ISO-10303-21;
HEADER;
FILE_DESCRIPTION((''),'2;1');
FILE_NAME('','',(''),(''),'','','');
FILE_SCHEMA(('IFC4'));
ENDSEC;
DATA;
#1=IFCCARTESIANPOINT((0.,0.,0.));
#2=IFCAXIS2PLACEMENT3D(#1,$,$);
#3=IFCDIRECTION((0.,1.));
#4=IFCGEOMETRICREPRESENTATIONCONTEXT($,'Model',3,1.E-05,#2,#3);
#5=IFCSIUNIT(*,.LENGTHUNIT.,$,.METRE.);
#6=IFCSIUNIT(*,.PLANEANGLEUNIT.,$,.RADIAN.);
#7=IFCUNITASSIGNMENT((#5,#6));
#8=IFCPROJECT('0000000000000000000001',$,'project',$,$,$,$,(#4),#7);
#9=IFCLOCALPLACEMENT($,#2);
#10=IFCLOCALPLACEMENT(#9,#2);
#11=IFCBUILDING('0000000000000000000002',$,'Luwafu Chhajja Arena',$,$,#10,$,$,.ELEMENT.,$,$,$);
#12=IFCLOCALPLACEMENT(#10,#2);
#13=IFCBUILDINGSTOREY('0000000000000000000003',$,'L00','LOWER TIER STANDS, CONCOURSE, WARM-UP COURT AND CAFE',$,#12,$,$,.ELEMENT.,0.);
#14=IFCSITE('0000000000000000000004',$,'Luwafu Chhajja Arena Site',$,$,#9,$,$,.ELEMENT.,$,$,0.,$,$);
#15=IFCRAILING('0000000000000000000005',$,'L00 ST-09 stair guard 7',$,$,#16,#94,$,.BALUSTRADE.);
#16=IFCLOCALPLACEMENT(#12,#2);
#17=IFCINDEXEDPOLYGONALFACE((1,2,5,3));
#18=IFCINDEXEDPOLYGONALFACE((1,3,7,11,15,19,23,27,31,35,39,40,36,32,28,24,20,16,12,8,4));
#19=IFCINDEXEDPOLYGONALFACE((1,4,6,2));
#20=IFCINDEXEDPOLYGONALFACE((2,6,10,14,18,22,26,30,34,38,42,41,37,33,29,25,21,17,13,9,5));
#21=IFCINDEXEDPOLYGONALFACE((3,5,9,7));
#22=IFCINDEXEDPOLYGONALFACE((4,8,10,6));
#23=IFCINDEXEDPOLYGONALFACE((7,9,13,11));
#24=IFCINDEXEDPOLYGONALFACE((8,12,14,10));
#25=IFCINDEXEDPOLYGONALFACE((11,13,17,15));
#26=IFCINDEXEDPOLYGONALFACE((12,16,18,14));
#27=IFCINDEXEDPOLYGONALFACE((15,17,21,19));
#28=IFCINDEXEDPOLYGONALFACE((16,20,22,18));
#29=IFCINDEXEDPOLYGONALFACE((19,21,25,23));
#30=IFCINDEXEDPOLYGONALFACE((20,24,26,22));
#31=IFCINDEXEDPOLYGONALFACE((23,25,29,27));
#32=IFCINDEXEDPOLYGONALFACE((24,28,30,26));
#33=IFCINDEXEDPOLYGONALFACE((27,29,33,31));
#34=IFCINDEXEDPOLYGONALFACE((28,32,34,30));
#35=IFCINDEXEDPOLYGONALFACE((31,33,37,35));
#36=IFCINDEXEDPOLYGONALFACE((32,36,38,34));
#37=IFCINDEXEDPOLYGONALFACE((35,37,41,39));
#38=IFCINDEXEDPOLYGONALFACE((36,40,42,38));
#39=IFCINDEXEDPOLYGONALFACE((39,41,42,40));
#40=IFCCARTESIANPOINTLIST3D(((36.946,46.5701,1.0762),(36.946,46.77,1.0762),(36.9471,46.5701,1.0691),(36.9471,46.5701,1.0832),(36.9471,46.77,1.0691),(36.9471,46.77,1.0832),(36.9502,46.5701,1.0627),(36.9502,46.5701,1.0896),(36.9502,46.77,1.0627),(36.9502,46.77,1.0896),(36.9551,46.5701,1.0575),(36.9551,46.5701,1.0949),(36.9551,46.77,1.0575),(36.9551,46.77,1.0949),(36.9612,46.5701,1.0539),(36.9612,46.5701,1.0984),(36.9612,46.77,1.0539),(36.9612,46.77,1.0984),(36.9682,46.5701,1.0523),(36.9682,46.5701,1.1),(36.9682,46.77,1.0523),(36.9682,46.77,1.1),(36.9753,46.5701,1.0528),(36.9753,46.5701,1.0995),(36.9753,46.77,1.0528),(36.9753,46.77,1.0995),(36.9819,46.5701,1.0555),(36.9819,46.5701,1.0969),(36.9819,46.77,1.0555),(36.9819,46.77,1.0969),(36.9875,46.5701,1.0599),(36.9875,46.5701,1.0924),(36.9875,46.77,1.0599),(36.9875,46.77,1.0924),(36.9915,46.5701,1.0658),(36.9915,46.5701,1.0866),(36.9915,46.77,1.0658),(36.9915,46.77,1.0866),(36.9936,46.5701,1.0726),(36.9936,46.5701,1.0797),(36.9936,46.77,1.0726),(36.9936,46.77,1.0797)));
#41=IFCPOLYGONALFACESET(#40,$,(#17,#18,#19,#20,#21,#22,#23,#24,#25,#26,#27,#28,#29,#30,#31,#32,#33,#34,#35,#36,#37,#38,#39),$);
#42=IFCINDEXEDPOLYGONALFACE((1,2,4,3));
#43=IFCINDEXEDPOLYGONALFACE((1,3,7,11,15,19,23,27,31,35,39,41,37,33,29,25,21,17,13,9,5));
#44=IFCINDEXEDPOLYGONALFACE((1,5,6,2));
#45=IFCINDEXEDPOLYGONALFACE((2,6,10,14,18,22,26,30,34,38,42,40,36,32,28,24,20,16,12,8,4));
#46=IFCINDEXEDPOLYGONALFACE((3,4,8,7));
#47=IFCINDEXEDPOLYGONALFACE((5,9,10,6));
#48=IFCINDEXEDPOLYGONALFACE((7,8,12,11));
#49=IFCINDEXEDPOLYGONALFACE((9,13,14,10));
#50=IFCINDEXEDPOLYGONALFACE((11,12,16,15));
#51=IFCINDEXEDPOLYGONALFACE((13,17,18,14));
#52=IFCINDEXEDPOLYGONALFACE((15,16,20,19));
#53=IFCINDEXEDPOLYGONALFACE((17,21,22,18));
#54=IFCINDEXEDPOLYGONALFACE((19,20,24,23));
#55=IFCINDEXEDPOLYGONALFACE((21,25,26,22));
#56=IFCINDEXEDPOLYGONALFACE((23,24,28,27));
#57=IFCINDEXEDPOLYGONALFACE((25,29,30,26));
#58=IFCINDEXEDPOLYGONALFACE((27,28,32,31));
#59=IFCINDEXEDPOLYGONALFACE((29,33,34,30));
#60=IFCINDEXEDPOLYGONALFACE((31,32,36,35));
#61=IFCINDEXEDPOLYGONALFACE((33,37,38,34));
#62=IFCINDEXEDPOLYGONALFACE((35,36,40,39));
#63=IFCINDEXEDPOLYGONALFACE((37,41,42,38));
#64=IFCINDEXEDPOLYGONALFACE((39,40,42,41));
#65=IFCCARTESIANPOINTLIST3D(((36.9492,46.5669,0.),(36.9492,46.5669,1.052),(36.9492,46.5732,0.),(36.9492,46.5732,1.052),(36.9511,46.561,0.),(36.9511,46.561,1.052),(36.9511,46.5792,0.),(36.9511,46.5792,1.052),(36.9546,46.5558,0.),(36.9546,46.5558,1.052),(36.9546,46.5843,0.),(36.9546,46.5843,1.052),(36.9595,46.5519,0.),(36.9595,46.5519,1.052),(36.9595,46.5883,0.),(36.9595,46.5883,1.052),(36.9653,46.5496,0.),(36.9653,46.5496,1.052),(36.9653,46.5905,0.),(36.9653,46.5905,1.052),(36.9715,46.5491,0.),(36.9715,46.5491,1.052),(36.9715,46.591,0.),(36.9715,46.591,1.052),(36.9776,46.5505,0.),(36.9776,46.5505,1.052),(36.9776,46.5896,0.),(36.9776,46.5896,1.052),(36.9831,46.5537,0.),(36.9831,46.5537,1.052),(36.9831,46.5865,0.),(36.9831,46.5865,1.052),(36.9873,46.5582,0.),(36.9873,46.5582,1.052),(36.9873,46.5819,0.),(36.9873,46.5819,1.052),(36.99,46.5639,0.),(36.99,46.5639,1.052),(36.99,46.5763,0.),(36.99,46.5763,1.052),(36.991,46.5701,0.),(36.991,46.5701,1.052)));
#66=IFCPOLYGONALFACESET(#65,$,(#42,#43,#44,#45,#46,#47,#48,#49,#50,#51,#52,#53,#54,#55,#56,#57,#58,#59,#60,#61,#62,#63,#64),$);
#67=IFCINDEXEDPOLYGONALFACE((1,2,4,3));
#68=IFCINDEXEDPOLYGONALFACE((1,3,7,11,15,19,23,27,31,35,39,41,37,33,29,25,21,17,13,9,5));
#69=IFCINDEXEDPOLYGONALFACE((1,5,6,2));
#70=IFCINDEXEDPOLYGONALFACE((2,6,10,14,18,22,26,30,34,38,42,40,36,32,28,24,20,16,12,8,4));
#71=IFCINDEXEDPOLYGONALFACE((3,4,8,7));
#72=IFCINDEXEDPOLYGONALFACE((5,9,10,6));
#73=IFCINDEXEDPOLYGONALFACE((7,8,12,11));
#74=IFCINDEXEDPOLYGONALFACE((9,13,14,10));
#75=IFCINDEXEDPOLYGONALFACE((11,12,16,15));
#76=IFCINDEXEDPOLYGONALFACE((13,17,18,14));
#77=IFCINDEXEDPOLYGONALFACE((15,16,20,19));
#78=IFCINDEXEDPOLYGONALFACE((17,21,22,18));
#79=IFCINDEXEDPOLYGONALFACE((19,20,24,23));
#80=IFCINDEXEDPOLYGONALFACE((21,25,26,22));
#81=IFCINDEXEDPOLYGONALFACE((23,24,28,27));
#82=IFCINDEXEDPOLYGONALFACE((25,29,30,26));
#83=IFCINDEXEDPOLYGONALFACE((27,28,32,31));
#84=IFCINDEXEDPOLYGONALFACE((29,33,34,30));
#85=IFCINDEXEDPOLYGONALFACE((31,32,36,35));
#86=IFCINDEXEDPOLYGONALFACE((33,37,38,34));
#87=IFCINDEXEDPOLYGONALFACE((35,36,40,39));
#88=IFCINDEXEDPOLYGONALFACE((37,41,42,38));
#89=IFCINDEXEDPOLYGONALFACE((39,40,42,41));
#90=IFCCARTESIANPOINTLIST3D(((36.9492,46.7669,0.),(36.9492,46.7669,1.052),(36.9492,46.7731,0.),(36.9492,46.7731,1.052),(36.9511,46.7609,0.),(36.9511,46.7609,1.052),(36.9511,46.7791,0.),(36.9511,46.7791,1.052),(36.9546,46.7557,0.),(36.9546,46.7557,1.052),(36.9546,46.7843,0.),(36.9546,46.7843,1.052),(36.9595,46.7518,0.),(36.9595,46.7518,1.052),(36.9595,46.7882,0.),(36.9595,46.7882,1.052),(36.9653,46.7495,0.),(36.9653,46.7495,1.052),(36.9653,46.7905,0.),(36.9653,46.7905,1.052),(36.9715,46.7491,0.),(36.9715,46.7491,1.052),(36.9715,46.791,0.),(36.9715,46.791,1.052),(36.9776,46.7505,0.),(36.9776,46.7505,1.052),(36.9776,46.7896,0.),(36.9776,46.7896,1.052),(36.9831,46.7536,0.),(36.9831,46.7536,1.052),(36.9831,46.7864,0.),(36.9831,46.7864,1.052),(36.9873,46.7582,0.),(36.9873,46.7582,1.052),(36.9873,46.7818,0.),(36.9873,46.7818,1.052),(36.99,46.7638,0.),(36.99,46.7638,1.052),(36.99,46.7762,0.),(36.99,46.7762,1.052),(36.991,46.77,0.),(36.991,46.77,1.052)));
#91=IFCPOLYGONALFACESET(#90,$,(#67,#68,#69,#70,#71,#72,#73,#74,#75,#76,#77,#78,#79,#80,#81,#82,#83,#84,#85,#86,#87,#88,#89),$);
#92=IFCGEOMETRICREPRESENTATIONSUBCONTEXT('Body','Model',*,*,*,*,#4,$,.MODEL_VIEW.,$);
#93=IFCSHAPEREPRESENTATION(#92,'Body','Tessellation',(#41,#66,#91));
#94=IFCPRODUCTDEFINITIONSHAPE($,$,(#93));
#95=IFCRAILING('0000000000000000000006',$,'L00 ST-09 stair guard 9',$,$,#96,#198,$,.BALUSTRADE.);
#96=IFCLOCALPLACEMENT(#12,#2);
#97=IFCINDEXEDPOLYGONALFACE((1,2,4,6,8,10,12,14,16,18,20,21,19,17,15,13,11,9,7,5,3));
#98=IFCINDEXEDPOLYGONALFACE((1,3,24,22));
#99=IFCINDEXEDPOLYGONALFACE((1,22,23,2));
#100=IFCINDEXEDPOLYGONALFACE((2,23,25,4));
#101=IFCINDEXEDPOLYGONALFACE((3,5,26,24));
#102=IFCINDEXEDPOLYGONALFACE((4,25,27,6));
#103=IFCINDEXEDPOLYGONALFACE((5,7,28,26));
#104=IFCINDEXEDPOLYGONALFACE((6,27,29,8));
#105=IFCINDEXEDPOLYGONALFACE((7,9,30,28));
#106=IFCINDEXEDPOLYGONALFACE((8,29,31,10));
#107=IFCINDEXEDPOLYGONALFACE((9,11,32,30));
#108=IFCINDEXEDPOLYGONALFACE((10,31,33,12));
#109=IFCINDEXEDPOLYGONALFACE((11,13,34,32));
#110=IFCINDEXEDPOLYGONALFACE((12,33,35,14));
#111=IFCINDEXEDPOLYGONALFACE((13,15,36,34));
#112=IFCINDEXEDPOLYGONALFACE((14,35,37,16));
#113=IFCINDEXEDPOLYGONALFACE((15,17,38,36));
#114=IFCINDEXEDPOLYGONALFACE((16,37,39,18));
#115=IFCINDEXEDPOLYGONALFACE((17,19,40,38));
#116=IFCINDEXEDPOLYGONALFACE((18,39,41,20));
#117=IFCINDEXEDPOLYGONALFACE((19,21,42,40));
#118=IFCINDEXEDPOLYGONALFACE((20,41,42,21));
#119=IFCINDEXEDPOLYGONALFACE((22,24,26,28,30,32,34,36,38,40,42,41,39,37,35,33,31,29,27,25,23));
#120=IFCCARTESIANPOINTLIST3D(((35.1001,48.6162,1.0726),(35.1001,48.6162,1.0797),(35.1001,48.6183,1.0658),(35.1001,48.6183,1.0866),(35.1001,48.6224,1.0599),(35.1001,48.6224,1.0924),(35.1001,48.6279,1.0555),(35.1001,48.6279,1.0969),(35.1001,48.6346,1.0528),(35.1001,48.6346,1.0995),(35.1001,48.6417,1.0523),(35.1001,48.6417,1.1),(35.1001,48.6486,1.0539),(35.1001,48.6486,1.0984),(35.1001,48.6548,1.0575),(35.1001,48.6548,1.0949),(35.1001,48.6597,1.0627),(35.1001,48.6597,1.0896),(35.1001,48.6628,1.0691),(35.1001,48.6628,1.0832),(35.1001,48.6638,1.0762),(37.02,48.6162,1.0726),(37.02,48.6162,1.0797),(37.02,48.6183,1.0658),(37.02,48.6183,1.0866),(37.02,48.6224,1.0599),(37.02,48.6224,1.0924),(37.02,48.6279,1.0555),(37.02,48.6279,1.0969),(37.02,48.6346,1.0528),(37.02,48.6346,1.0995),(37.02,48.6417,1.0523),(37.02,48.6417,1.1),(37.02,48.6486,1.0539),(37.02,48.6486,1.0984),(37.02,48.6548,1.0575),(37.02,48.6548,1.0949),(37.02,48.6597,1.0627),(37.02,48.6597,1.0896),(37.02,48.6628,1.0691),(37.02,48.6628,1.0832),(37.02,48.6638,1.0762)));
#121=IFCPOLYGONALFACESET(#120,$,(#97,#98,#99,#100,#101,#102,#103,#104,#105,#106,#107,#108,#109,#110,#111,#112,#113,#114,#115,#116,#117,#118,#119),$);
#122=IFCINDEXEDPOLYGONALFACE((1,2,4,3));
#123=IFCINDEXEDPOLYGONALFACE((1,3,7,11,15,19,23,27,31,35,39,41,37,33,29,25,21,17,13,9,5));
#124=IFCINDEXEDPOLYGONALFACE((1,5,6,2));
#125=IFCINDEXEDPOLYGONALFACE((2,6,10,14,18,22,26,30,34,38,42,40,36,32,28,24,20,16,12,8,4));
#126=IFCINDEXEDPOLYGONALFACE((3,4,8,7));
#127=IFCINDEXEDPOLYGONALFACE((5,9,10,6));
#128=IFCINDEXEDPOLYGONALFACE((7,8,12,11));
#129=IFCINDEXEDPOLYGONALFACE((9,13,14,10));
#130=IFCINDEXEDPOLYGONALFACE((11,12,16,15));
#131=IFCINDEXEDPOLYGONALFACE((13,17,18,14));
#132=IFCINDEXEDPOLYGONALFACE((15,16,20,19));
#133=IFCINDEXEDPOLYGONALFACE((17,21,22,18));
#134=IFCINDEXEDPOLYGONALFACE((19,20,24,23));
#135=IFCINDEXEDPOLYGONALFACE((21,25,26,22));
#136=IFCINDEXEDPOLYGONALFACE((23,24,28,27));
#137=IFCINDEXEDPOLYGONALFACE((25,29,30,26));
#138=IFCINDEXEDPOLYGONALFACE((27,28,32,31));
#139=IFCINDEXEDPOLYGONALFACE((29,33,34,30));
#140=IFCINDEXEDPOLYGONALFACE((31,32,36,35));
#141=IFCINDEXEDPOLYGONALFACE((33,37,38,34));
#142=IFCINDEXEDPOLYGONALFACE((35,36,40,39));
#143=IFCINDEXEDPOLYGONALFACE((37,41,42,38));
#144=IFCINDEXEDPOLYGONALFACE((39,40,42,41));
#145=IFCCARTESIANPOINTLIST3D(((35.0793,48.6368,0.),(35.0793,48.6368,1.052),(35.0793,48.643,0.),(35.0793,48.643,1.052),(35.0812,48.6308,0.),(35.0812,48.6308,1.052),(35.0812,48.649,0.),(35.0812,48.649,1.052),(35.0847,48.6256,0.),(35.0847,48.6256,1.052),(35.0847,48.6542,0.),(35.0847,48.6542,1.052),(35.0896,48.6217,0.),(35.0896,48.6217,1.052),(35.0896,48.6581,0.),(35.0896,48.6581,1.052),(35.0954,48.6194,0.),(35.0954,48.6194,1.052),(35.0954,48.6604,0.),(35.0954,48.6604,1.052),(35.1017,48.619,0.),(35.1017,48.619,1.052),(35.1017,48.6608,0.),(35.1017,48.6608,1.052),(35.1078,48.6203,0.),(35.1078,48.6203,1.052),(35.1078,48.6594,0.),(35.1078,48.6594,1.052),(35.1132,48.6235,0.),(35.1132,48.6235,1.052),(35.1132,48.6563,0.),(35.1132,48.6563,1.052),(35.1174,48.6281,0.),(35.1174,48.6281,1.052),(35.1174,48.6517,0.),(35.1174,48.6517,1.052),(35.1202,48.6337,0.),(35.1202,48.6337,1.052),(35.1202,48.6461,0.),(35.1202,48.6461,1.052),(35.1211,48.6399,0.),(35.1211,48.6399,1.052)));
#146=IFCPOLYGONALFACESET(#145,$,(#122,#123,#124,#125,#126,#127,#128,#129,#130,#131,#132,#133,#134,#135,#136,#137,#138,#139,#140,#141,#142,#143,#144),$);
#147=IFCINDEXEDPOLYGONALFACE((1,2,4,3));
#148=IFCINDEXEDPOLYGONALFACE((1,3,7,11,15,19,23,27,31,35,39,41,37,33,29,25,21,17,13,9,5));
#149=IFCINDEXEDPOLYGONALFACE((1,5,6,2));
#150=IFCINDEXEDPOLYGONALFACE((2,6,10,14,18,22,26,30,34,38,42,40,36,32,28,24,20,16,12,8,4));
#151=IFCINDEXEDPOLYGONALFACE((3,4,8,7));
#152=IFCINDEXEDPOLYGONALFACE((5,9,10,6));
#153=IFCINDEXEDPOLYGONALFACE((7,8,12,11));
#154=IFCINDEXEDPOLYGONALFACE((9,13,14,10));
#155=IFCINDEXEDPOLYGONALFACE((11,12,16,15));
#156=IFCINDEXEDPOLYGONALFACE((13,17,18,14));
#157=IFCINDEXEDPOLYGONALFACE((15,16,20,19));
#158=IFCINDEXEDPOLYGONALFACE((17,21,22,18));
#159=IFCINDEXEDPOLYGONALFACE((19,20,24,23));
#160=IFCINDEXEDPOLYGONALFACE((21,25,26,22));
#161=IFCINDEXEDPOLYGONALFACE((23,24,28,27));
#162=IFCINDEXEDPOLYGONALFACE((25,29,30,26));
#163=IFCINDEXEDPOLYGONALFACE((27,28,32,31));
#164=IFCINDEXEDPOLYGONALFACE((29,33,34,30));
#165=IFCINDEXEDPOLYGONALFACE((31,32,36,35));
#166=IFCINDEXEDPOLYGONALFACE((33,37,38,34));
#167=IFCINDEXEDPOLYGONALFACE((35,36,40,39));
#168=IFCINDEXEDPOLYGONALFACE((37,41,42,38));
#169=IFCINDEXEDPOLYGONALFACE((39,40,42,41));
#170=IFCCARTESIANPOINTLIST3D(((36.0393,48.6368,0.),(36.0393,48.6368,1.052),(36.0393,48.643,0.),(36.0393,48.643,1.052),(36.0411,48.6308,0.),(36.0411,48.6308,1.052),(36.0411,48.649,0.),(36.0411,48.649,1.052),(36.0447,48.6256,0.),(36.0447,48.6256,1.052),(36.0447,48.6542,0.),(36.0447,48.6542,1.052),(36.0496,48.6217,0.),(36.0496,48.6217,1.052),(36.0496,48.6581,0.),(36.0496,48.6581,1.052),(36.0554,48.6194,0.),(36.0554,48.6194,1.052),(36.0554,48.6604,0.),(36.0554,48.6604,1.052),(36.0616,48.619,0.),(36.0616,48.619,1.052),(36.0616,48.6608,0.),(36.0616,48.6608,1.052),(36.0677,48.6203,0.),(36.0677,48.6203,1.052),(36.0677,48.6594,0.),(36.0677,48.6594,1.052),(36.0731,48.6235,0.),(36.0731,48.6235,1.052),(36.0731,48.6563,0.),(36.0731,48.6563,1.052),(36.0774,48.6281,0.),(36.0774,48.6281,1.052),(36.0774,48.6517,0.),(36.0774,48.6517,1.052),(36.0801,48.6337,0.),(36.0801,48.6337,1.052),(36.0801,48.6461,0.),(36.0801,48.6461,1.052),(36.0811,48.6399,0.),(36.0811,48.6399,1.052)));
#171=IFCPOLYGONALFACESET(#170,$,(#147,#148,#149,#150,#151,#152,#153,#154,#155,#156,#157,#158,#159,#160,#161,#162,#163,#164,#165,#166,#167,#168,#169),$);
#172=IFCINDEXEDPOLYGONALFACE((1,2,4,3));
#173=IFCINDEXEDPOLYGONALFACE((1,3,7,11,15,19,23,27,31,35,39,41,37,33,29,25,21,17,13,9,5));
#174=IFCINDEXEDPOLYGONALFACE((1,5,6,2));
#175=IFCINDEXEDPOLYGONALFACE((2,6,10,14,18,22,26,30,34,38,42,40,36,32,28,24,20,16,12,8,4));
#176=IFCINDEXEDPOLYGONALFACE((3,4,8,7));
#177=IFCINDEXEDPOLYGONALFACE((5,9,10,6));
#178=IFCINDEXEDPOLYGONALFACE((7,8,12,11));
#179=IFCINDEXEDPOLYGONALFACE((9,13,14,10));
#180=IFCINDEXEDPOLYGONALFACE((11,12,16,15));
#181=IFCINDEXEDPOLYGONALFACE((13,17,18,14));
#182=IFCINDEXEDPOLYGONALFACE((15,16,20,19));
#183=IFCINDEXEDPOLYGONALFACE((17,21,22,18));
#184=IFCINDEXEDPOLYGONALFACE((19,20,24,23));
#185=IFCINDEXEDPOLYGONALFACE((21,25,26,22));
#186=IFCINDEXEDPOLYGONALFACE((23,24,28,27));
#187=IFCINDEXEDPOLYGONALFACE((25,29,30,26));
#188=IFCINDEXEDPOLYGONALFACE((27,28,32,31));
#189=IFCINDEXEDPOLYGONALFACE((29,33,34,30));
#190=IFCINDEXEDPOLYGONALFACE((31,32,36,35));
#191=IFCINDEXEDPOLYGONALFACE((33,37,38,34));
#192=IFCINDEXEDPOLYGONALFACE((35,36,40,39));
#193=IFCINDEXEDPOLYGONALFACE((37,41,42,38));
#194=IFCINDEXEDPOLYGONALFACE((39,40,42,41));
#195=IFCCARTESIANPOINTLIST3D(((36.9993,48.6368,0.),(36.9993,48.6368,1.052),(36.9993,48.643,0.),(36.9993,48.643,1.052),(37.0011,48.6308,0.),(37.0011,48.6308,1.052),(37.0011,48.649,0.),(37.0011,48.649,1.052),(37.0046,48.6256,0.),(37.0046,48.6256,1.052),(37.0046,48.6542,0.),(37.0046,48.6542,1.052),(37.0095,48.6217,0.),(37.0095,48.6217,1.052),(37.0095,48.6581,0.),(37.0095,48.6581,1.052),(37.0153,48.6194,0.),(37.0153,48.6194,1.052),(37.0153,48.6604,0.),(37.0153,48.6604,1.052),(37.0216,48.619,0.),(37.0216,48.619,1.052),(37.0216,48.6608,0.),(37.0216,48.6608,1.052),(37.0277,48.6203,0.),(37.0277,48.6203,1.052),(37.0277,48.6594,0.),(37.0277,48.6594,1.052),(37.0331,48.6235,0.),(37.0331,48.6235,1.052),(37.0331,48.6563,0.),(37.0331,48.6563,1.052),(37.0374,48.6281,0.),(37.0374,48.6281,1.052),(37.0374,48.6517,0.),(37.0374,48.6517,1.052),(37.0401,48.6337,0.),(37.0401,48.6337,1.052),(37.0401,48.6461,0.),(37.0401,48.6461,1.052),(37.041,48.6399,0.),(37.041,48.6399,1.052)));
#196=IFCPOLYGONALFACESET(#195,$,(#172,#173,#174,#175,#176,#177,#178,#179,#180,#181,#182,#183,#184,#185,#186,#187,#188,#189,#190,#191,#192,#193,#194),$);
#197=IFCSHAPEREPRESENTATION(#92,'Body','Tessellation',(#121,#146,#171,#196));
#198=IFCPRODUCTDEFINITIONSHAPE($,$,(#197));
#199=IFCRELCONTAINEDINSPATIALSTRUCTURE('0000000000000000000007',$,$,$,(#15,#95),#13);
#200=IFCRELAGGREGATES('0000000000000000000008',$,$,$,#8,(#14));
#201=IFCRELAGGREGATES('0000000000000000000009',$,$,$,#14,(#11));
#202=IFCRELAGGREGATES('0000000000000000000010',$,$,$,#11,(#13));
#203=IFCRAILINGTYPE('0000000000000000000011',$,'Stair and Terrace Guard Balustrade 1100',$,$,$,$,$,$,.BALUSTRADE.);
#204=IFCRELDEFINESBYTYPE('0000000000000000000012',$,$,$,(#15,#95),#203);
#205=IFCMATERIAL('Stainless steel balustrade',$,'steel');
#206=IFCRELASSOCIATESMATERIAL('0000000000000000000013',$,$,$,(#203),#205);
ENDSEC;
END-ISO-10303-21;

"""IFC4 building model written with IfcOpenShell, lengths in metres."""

from ifc_helpers import new_model, si_unit, direction, frame, origin, origin_2d, place, context, subcontext, project, spatial, circle, extrude, material, type_object, element, save


model = new_model("IFC4")

# Units and contexts
model_context = context("Model", 3, precision=1e-05, world=origin(), true_north=direction((0.0, 1.0)))
body_context = subcontext(model_context, "Body", "Model", "MODEL_VIEW")
ifc_project = project(units=[si_unit("LENGTHUNIT", "METRE"), si_unit("PLANEANGLEUNIT", "RADIAN")], contexts=[model_context])

# Site, building, storey
site_placement = place(None, origin())
site = spatial("IfcSite", under=ifc_project, at=site_placement, Name="Luwafu Chhajja Arena Site", CompositionType="ELEMENT", RefElevation=0.0)
building_placement = place(site_placement, origin())
building = spatial("IfcBuilding", under=site, at=building_placement, Name="Luwafu Chhajja Arena", CompositionType="ELEMENT")
storey_placement = place(building_placement, origin())
storey = spatial("IfcBuildingStorey", under=building, at=storey_placement, Name="L00", Description="LOWER TIER STANDS, CONCOURSE, WARM-UP COURT AND CAFE", CompositionType="ELEMENT", Elevation=0.0)

# Railings
ifc_material_1 = material(Name="Stainless steel balustrade", Category="steel")
railing_type_1 = type_object("IfcRailingType", Name="Stair and Terrace Guard Balustrade 1100", PredefinedType="BALUSTRADE", material=ifc_material_1)
railing_1_placement = place(storey_placement, frame((36.97, 46.5701, 0.0)))
element("IfcRailing", 1, at=railing_1_placement, inside=storey, type_object=railing_type_1, Name="L00 ST-09 stair guard 7", PredefinedType="BALUSTRADE", context=body_context, shape_type="SweptSolid", body=[
    extrude(circle(Radius=0.0239, at=origin_2d()), frame((0.0, 0.0, 1.0762), z_axis=(0.0, 1.0, 0.0), x_axis=(-1.0, 0.0, 0.0)), (0.0, 0.0, 1.0), 0.2),
    extrude(circle(Radius=0.021, at=origin_2d()), origin(), (0.0, 0.0, 1.0), 1.052),
    extrude(circle(Radius=0.021, at=origin_2d()), frame((0.0, 0.2, 0.0)), (0.0, 0.0, 1.0), 1.052),
])
railing_2_placement = place(storey_placement, frame((35.1001, 48.6399, 0.0)))
element("IfcRailing", 2, at=railing_2_placement, inside=storey, type_object=railing_type_1, Name="L00 ST-09 stair guard 9", PredefinedType="BALUSTRADE", context=body_context, shape_type="SweptSolid", body=[
    extrude(circle(Radius=0.0239, at=origin_2d()), frame((0.0, 0.0, 1.0762), z_axis=(1.0, 0.0, 0.0), x_axis=(0.0, 1.0, 0.0)), (0.0, 0.0, 1.0), 1.9199),
    extrude(circle(Radius=0.021, at=origin_2d()), origin(), (0.0, 0.0, 1.0), 1.052),
    extrude(circle(Radius=0.021, at=origin_2d()), frame((0.96, 0.0, 0.0)), (0.0, 0.0, 1.0), 1.052),
    extrude(circle(Radius=0.021, at=origin_2d()), frame((1.9199, 0.0, 0.0)), (0.0, 0.0, 1.0), 1.052),
])

save(model, "model.ifc")
